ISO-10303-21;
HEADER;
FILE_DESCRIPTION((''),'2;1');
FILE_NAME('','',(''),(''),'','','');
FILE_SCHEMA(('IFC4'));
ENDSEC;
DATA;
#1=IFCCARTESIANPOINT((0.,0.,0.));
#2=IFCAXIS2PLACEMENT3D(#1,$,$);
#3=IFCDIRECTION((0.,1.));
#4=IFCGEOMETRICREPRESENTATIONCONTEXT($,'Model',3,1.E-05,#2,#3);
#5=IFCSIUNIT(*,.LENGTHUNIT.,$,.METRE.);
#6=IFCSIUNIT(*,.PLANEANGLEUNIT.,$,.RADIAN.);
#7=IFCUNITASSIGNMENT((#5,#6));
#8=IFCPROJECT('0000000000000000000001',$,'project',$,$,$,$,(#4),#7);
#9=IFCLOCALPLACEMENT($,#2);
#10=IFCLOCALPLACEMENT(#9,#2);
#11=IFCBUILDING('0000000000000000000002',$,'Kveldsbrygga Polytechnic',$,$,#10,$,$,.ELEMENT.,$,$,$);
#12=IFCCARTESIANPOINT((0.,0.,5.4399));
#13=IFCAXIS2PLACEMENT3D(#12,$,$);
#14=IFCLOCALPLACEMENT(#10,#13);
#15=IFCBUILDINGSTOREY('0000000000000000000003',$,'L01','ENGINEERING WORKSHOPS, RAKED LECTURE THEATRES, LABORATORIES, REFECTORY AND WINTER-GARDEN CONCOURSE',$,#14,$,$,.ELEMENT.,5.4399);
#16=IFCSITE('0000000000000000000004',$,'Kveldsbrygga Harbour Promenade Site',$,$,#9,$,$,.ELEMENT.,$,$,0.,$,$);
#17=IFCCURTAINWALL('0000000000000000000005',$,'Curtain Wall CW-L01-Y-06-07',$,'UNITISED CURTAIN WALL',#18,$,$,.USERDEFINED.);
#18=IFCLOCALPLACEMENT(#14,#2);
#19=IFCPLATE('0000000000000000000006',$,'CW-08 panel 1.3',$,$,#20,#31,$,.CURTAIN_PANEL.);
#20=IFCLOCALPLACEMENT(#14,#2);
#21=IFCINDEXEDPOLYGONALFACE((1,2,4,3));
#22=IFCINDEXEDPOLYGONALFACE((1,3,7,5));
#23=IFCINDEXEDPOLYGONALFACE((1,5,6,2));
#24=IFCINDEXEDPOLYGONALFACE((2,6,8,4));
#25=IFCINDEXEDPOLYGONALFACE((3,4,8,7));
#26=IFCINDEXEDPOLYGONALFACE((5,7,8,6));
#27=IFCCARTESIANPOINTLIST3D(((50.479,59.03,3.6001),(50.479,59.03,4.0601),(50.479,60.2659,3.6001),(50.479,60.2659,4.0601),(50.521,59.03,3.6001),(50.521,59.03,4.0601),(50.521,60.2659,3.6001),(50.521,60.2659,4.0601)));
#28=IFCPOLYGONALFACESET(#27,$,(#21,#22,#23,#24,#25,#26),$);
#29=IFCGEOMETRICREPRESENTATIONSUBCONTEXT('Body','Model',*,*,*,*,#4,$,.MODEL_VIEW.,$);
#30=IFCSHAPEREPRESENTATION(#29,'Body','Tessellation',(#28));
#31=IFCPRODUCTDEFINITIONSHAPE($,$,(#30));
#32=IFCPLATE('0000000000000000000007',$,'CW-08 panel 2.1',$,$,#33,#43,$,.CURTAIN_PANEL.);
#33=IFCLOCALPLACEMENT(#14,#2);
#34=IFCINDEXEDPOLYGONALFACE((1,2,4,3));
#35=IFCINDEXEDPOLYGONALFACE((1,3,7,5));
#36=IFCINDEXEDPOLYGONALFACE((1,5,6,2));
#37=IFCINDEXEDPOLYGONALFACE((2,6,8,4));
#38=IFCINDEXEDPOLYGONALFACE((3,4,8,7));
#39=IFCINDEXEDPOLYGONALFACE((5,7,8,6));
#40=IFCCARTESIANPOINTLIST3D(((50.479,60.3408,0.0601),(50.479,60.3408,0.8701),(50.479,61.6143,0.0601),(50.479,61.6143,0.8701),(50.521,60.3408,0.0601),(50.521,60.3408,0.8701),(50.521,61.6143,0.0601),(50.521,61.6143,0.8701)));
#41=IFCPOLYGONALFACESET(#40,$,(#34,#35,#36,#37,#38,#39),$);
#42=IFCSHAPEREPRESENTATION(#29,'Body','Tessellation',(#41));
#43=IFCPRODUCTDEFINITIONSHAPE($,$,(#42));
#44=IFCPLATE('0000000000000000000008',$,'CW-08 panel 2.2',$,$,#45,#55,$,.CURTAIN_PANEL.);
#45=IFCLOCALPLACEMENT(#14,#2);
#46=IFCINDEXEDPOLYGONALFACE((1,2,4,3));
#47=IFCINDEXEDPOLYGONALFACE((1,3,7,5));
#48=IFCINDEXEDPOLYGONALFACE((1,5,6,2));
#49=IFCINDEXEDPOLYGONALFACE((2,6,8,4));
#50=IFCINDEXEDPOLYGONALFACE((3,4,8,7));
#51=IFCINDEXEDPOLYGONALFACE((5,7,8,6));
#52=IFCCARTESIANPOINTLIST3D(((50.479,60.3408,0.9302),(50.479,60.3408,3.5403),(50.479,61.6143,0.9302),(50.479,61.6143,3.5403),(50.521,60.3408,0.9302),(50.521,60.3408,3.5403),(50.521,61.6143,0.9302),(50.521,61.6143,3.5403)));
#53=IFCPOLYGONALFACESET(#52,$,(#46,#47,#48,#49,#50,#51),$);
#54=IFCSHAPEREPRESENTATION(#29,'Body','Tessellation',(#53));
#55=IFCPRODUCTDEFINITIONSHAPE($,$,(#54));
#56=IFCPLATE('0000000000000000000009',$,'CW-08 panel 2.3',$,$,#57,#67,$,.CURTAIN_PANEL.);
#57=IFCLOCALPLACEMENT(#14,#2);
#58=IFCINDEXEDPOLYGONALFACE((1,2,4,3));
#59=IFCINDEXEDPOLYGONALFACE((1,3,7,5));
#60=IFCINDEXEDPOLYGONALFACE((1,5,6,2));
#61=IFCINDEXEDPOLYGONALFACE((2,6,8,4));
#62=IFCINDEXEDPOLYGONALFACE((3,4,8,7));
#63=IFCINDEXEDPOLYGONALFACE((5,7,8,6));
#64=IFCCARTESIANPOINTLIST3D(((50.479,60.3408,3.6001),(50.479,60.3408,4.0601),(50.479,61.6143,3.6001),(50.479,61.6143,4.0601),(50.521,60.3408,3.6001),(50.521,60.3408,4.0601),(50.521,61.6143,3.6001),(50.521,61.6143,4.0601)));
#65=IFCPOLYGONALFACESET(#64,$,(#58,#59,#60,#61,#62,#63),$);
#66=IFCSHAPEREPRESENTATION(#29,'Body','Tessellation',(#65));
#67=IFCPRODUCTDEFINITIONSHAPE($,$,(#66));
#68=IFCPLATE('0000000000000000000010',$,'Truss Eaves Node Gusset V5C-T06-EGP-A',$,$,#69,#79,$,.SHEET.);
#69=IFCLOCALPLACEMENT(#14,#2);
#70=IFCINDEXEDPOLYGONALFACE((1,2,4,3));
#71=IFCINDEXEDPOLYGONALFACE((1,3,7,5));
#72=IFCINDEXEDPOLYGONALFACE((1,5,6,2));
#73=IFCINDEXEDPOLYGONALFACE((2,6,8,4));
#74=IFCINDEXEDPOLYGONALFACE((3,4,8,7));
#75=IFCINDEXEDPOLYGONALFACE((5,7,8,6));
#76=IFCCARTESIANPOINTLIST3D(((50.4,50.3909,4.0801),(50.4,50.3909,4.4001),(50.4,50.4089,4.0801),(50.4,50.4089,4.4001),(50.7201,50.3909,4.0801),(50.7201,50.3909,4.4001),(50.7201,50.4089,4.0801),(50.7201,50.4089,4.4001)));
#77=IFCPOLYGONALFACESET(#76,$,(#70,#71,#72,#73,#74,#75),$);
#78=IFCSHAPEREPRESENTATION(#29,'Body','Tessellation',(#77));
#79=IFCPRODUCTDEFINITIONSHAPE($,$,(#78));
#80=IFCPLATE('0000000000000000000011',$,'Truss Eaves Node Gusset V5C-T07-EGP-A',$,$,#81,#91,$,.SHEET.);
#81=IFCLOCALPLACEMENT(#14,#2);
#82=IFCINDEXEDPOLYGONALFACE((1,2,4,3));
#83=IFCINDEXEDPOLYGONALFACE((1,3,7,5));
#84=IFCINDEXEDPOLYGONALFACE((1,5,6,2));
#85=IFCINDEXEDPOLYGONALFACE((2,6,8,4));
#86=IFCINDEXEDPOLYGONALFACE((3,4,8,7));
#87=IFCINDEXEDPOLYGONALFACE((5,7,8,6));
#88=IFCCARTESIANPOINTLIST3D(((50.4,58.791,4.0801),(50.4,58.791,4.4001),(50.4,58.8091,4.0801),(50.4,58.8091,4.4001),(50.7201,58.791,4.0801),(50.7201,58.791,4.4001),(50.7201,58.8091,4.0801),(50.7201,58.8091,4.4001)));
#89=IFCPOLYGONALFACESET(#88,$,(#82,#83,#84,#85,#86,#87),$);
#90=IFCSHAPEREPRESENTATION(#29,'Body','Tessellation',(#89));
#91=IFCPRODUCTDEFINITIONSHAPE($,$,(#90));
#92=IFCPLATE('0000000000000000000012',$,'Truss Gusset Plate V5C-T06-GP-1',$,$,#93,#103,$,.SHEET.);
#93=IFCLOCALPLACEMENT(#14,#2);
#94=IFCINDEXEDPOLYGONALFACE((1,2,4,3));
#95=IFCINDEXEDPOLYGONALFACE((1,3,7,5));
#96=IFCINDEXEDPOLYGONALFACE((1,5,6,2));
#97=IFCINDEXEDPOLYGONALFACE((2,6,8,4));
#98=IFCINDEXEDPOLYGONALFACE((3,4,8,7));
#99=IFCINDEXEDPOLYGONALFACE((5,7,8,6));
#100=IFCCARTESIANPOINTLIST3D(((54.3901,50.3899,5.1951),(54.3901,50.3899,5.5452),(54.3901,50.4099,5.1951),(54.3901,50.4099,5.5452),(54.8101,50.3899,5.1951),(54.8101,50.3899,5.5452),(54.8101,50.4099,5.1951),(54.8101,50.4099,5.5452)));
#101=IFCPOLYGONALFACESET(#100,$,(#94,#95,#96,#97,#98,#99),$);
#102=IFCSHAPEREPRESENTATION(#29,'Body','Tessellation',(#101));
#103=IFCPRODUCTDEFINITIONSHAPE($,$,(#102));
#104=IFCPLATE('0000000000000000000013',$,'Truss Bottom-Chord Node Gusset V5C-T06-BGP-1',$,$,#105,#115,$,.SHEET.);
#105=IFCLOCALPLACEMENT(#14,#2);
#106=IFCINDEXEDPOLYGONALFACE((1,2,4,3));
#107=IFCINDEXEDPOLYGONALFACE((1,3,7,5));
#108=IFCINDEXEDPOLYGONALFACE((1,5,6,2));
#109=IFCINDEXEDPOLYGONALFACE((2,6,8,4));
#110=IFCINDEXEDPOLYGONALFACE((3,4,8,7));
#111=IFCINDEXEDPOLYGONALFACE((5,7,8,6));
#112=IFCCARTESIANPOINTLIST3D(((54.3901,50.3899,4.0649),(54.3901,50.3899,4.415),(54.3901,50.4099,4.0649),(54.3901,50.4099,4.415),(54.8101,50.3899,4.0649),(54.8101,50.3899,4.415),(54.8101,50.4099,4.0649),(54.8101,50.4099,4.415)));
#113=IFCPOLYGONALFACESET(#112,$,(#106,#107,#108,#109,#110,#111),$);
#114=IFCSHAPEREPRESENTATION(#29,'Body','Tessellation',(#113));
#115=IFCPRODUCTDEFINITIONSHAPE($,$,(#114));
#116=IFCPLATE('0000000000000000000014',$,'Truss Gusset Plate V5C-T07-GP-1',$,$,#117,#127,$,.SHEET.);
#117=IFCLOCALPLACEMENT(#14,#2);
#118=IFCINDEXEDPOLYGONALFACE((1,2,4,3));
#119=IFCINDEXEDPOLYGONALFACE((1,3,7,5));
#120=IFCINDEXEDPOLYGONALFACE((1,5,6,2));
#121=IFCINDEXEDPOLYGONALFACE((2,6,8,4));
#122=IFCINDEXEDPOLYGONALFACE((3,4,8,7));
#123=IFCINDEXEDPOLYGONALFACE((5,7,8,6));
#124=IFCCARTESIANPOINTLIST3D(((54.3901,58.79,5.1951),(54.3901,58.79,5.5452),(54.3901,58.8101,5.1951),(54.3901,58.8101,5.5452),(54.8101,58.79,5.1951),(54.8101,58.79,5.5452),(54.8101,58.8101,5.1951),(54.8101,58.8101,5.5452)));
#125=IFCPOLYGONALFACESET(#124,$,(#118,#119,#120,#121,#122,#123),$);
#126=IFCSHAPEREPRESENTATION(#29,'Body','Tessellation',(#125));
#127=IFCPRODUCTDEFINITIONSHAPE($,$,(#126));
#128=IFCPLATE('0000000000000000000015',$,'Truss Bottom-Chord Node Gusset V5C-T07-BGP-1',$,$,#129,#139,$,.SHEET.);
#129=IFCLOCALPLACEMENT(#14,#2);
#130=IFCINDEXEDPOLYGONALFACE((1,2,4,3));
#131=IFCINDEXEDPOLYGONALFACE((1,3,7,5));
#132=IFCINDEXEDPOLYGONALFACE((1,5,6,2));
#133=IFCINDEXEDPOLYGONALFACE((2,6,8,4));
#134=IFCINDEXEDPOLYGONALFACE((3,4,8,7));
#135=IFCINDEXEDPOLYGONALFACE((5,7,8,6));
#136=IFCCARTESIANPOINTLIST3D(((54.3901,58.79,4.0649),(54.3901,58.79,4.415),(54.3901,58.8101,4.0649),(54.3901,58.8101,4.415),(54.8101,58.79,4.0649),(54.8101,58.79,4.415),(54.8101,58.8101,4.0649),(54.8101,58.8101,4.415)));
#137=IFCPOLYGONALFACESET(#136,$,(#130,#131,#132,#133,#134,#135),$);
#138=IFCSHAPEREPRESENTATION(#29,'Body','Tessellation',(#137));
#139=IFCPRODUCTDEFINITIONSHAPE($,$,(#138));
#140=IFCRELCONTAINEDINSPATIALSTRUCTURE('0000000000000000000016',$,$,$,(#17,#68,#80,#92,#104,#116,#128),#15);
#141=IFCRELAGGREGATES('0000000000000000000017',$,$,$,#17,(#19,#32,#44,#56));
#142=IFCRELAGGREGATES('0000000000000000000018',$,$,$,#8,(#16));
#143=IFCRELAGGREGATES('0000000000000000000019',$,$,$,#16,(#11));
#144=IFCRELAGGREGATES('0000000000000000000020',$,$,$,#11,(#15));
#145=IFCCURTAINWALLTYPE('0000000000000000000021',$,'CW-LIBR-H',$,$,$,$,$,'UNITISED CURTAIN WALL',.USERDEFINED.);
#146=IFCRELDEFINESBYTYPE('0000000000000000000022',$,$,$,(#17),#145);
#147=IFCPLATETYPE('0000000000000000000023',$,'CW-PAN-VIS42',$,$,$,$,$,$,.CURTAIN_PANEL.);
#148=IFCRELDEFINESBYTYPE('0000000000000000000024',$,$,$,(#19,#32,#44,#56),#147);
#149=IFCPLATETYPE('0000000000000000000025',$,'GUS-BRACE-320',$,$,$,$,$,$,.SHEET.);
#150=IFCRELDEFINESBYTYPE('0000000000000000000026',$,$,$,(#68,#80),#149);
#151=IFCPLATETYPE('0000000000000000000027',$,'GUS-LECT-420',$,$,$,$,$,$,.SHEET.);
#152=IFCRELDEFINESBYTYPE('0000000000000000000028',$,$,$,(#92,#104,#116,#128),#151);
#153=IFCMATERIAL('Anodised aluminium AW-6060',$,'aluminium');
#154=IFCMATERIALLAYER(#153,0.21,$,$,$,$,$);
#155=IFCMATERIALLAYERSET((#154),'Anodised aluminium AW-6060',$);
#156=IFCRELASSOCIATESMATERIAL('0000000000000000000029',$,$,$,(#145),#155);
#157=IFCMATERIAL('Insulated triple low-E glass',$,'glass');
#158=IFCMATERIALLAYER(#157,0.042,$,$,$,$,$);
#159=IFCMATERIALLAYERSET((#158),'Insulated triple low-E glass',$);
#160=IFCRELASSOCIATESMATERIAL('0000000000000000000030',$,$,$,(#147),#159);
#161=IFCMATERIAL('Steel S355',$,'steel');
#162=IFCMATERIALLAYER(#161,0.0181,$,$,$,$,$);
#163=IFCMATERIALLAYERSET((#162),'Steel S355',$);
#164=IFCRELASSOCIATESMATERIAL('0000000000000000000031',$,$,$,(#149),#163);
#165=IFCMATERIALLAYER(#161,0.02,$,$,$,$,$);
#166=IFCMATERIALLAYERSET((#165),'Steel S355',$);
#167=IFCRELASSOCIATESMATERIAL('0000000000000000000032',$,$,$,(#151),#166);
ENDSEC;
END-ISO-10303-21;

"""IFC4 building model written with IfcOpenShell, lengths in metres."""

from ifc_helpers import new_model, si_unit, direction, frame, origin, origin_2d, place, context, subcontext, project, spatial, rectangle, extrude, material, layer, layer_set, type_object, element, aggregate, save


model = new_model("IFC4")

# Units and contexts
model_context = context("Model", 3, precision=1e-05, world=origin(), true_north=direction((0.0, 1.0)))
body_context = subcontext(model_context, "Body", "Model", "MODEL_VIEW")
ifc_project = project(units=[si_unit("LENGTHUNIT", "METRE"), si_unit("PLANEANGLEUNIT", "RADIAN")], contexts=[model_context])

# Site, building, storey
site_placement = place(None, origin())
site = spatial("IfcSite", under=ifc_project, at=site_placement, Name="Kveldsbrygga Harbour Promenade Site", CompositionType="ELEMENT", RefElevation=0.0)
building_placement = place(site_placement, origin())
building = spatial("IfcBuilding", under=site, at=building_placement, Name="Kveldsbrygga Polytechnic", CompositionType="ELEMENT")
storey_placement = place(building_placement, frame((0.0, 0.0, 5.4399)))
storey = spatial("IfcBuildingStorey", under=building, at=storey_placement, Name="L01", Description="ENGINEERING WORKSHOPS, RAKED LECTURE THEATRES, LABORATORIES, REFECTORY AND WINTER-GARDEN CONCOURSE", CompositionType="ELEMENT", Elevation=5.4399)

# Shared definitions
ifc_material_1 = material(Name="Anodised aluminium AW-6060", Category="aluminium")

# Curtain wall
ifc_layer_1 = layer(ifc_material_1, 0.21)
ifc_layer_set_1 = layer_set([ifc_layer_1], Name="Anodised aluminium AW-6060")
curtain_wall_type_1 = type_object("IfcCurtainWallType", Name="CW-LIBR-H", ElementType="UNITISED CURTAIN WALL", PredefinedType="USERDEFINED", material=ifc_layer_set_1)
curtain_wall_1_placement = place(storey_placement, origin())
curtain_wall_1 = element("IfcCurtainWall", 1, at=curtain_wall_1_placement, inside=storey, type_object=curtain_wall_type_1, Name="Curtain Wall CW-L01-Y-06-07", ObjectType="UNITISED CURTAIN WALL", PredefinedType="USERDEFINED")

# Shared definitions
ifc_material_2 = material(Name="Steel S355", Category="steel")

# Plates
ifc_material_3 = material(Name="Insulated triple low-E glass", Category="glass")
ifc_layer_2 = layer(ifc_material_3, 0.042)
ifc_layer_set_2 = layer_set([ifc_layer_2], Name="Insulated triple low-E glass")
plate_type_1 = type_object("IfcPlateType", Name="CW-PAN-VIS42", PredefinedType="CURTAIN_PANEL", material=ifc_layer_set_2)
plate_1_placement = place(storey_placement, frame((50.5, 59.6479, 3.6001), z_axis=(0.0, 0.0, 1.0), x_axis=(0.0, 1.0, 0.0)))
plate_1 = element("IfcPlate", 2, at=plate_1_placement, type_object=plate_type_1, Name="CW-08 panel 1.3", PredefinedType="CURTAIN_PANEL", context=body_context, shape_type="SweptSolid", body=[
    extrude(rectangle(XDim=1.2358, YDim=0.042, at=origin_2d()), origin(), (0.0, 0.0, 1.0), 0.46),
])
plate_2_placement = place(storey_placement, frame((50.5, 60.9775, 0.0601), z_axis=(0.0, 0.0, 1.0), x_axis=(0.0, 1.0, 0.0)))
plate_2 = element("IfcPlate", 3, at=plate_2_placement, type_object=plate_type_1, Name="CW-08 panel 2.1", PredefinedType="CURTAIN_PANEL", context=body_context, shape_type="SweptSolid", body=[
    extrude(rectangle(XDim=1.2734, YDim=0.042, at=origin_2d()), origin(), (0.0, 0.0, 1.0), 0.8101),
])
plate_3_placement = place(storey_placement, frame((50.5, 60.9775, 0.9302), z_axis=(0.0, 0.0, 1.0), x_axis=(0.0, 1.0, 0.0)))
plate_3 = element("IfcPlate", 4, at=plate_3_placement, type_object=plate_type_1, Name="CW-08 panel 2.2", PredefinedType="CURTAIN_PANEL", context=body_context, shape_type="SweptSolid", body=[
    extrude(rectangle(XDim=1.2734, YDim=0.042, at=origin_2d()), origin(), (0.0, 0.0, 1.0), 2.6101),
])
plate_4_placement = place(storey_placement, frame((50.5, 60.9775, 3.6001), z_axis=(0.0, 0.0, 1.0), x_axis=(0.0, 1.0, 0.0)))
plate_4 = element("IfcPlate", 5, at=plate_4_placement, type_object=plate_type_1, Name="CW-08 panel 2.3", PredefinedType="CURTAIN_PANEL", context=body_context, shape_type="SweptSolid", body=[
    extrude(rectangle(XDim=1.2734, YDim=0.042, at=origin_2d()), origin(), (0.0, 0.0, 1.0), 0.46),
])
aggregate(curtain_wall_1, [plate_1, plate_2, plate_3, plate_4])

# Plates
ifc_layer_3 = layer(ifc_material_2, 0.0181)
ifc_layer_set_3 = layer_set([ifc_layer_3], Name="Steel S355")
plate_type_2 = type_object("IfcPlateType", Name="GUS-BRACE-320", PredefinedType="SHEET", material=ifc_layer_set_3)
for number, where, z_axis, x_axis, name in (
    (6, (50.5601, 50.3999, 4.0801), (0.0, 0.0, 1.0), (1.0, 0.0, 0.0), "Truss Eaves Node Gusset V5C-T06-EGP-A"),
    (7, (50.5601, 58.8, 4.0801), (0.0, 0.0, 1.0), (1.0, 0.0, 0.0), "Truss Eaves Node Gusset V5C-T07-EGP-A"),
):
    element("IfcPlate", number, at=place(storey_placement, frame(where, z_axis=z_axis, x_axis=x_axis)), inside=storey, type_object=plate_type_2, Name=name, PredefinedType="SHEET", context=body_context, shape_type="SweptSolid", body=[
        extrude(rectangle(XDim=0.3201, YDim=0.0181, at=origin_2d()), origin(), (0.0, 0.0, 1.0), 0.3201),
    ])
ifc_layer_4 = layer(ifc_material_2, 0.02)
ifc_layer_set_4 = layer_set([ifc_layer_4], Name="Steel S355")
plate_type_3 = type_object("IfcPlateType", Name="GUS-LECT-420", PredefinedType="SHEET", material=ifc_layer_set_4)
for number, where, z_axis, x_axis, name in (
    (8, (54.6001, 50.3999, 5.1951), (0.0, 0.0, 1.0), (1.0, 0.0, 0.0), "Truss Gusset Plate V5C-T06-GP-1"),
    (9, (54.6001, 50.3999, 4.0649), (0.0, 0.0, 1.0), (1.0, 0.0, 0.0), "Truss Bottom-Chord Node Gusset V5C-T06-BGP-1"),
    (10, (54.6001, 58.8, 5.1951), (0.0, 0.0, 1.0), (1.0, 0.0, 0.0), "Truss Gusset Plate V5C-T07-GP-1"),
    (11, (54.6001, 58.8, 4.0649), (0.0, 0.0, 1.0), (1.0, 0.0, 0.0), "Truss Bottom-Chord Node Gusset V5C-T07-BGP-1"),
):
    element("IfcPlate", number, at=place(storey_placement, frame(where, z_axis=z_axis, x_axis=x_axis)), inside=storey, type_object=plate_type_3, Name=name, PredefinedType="SHEET", context=body_context, shape_type="SweptSolid", body=[
        extrude(rectangle(XDim=0.4199, YDim=0.02, at=origin_2d()), origin(), (0.0, 0.0, 1.0), 0.3501),
    ])

save(model, "model.ifc")
